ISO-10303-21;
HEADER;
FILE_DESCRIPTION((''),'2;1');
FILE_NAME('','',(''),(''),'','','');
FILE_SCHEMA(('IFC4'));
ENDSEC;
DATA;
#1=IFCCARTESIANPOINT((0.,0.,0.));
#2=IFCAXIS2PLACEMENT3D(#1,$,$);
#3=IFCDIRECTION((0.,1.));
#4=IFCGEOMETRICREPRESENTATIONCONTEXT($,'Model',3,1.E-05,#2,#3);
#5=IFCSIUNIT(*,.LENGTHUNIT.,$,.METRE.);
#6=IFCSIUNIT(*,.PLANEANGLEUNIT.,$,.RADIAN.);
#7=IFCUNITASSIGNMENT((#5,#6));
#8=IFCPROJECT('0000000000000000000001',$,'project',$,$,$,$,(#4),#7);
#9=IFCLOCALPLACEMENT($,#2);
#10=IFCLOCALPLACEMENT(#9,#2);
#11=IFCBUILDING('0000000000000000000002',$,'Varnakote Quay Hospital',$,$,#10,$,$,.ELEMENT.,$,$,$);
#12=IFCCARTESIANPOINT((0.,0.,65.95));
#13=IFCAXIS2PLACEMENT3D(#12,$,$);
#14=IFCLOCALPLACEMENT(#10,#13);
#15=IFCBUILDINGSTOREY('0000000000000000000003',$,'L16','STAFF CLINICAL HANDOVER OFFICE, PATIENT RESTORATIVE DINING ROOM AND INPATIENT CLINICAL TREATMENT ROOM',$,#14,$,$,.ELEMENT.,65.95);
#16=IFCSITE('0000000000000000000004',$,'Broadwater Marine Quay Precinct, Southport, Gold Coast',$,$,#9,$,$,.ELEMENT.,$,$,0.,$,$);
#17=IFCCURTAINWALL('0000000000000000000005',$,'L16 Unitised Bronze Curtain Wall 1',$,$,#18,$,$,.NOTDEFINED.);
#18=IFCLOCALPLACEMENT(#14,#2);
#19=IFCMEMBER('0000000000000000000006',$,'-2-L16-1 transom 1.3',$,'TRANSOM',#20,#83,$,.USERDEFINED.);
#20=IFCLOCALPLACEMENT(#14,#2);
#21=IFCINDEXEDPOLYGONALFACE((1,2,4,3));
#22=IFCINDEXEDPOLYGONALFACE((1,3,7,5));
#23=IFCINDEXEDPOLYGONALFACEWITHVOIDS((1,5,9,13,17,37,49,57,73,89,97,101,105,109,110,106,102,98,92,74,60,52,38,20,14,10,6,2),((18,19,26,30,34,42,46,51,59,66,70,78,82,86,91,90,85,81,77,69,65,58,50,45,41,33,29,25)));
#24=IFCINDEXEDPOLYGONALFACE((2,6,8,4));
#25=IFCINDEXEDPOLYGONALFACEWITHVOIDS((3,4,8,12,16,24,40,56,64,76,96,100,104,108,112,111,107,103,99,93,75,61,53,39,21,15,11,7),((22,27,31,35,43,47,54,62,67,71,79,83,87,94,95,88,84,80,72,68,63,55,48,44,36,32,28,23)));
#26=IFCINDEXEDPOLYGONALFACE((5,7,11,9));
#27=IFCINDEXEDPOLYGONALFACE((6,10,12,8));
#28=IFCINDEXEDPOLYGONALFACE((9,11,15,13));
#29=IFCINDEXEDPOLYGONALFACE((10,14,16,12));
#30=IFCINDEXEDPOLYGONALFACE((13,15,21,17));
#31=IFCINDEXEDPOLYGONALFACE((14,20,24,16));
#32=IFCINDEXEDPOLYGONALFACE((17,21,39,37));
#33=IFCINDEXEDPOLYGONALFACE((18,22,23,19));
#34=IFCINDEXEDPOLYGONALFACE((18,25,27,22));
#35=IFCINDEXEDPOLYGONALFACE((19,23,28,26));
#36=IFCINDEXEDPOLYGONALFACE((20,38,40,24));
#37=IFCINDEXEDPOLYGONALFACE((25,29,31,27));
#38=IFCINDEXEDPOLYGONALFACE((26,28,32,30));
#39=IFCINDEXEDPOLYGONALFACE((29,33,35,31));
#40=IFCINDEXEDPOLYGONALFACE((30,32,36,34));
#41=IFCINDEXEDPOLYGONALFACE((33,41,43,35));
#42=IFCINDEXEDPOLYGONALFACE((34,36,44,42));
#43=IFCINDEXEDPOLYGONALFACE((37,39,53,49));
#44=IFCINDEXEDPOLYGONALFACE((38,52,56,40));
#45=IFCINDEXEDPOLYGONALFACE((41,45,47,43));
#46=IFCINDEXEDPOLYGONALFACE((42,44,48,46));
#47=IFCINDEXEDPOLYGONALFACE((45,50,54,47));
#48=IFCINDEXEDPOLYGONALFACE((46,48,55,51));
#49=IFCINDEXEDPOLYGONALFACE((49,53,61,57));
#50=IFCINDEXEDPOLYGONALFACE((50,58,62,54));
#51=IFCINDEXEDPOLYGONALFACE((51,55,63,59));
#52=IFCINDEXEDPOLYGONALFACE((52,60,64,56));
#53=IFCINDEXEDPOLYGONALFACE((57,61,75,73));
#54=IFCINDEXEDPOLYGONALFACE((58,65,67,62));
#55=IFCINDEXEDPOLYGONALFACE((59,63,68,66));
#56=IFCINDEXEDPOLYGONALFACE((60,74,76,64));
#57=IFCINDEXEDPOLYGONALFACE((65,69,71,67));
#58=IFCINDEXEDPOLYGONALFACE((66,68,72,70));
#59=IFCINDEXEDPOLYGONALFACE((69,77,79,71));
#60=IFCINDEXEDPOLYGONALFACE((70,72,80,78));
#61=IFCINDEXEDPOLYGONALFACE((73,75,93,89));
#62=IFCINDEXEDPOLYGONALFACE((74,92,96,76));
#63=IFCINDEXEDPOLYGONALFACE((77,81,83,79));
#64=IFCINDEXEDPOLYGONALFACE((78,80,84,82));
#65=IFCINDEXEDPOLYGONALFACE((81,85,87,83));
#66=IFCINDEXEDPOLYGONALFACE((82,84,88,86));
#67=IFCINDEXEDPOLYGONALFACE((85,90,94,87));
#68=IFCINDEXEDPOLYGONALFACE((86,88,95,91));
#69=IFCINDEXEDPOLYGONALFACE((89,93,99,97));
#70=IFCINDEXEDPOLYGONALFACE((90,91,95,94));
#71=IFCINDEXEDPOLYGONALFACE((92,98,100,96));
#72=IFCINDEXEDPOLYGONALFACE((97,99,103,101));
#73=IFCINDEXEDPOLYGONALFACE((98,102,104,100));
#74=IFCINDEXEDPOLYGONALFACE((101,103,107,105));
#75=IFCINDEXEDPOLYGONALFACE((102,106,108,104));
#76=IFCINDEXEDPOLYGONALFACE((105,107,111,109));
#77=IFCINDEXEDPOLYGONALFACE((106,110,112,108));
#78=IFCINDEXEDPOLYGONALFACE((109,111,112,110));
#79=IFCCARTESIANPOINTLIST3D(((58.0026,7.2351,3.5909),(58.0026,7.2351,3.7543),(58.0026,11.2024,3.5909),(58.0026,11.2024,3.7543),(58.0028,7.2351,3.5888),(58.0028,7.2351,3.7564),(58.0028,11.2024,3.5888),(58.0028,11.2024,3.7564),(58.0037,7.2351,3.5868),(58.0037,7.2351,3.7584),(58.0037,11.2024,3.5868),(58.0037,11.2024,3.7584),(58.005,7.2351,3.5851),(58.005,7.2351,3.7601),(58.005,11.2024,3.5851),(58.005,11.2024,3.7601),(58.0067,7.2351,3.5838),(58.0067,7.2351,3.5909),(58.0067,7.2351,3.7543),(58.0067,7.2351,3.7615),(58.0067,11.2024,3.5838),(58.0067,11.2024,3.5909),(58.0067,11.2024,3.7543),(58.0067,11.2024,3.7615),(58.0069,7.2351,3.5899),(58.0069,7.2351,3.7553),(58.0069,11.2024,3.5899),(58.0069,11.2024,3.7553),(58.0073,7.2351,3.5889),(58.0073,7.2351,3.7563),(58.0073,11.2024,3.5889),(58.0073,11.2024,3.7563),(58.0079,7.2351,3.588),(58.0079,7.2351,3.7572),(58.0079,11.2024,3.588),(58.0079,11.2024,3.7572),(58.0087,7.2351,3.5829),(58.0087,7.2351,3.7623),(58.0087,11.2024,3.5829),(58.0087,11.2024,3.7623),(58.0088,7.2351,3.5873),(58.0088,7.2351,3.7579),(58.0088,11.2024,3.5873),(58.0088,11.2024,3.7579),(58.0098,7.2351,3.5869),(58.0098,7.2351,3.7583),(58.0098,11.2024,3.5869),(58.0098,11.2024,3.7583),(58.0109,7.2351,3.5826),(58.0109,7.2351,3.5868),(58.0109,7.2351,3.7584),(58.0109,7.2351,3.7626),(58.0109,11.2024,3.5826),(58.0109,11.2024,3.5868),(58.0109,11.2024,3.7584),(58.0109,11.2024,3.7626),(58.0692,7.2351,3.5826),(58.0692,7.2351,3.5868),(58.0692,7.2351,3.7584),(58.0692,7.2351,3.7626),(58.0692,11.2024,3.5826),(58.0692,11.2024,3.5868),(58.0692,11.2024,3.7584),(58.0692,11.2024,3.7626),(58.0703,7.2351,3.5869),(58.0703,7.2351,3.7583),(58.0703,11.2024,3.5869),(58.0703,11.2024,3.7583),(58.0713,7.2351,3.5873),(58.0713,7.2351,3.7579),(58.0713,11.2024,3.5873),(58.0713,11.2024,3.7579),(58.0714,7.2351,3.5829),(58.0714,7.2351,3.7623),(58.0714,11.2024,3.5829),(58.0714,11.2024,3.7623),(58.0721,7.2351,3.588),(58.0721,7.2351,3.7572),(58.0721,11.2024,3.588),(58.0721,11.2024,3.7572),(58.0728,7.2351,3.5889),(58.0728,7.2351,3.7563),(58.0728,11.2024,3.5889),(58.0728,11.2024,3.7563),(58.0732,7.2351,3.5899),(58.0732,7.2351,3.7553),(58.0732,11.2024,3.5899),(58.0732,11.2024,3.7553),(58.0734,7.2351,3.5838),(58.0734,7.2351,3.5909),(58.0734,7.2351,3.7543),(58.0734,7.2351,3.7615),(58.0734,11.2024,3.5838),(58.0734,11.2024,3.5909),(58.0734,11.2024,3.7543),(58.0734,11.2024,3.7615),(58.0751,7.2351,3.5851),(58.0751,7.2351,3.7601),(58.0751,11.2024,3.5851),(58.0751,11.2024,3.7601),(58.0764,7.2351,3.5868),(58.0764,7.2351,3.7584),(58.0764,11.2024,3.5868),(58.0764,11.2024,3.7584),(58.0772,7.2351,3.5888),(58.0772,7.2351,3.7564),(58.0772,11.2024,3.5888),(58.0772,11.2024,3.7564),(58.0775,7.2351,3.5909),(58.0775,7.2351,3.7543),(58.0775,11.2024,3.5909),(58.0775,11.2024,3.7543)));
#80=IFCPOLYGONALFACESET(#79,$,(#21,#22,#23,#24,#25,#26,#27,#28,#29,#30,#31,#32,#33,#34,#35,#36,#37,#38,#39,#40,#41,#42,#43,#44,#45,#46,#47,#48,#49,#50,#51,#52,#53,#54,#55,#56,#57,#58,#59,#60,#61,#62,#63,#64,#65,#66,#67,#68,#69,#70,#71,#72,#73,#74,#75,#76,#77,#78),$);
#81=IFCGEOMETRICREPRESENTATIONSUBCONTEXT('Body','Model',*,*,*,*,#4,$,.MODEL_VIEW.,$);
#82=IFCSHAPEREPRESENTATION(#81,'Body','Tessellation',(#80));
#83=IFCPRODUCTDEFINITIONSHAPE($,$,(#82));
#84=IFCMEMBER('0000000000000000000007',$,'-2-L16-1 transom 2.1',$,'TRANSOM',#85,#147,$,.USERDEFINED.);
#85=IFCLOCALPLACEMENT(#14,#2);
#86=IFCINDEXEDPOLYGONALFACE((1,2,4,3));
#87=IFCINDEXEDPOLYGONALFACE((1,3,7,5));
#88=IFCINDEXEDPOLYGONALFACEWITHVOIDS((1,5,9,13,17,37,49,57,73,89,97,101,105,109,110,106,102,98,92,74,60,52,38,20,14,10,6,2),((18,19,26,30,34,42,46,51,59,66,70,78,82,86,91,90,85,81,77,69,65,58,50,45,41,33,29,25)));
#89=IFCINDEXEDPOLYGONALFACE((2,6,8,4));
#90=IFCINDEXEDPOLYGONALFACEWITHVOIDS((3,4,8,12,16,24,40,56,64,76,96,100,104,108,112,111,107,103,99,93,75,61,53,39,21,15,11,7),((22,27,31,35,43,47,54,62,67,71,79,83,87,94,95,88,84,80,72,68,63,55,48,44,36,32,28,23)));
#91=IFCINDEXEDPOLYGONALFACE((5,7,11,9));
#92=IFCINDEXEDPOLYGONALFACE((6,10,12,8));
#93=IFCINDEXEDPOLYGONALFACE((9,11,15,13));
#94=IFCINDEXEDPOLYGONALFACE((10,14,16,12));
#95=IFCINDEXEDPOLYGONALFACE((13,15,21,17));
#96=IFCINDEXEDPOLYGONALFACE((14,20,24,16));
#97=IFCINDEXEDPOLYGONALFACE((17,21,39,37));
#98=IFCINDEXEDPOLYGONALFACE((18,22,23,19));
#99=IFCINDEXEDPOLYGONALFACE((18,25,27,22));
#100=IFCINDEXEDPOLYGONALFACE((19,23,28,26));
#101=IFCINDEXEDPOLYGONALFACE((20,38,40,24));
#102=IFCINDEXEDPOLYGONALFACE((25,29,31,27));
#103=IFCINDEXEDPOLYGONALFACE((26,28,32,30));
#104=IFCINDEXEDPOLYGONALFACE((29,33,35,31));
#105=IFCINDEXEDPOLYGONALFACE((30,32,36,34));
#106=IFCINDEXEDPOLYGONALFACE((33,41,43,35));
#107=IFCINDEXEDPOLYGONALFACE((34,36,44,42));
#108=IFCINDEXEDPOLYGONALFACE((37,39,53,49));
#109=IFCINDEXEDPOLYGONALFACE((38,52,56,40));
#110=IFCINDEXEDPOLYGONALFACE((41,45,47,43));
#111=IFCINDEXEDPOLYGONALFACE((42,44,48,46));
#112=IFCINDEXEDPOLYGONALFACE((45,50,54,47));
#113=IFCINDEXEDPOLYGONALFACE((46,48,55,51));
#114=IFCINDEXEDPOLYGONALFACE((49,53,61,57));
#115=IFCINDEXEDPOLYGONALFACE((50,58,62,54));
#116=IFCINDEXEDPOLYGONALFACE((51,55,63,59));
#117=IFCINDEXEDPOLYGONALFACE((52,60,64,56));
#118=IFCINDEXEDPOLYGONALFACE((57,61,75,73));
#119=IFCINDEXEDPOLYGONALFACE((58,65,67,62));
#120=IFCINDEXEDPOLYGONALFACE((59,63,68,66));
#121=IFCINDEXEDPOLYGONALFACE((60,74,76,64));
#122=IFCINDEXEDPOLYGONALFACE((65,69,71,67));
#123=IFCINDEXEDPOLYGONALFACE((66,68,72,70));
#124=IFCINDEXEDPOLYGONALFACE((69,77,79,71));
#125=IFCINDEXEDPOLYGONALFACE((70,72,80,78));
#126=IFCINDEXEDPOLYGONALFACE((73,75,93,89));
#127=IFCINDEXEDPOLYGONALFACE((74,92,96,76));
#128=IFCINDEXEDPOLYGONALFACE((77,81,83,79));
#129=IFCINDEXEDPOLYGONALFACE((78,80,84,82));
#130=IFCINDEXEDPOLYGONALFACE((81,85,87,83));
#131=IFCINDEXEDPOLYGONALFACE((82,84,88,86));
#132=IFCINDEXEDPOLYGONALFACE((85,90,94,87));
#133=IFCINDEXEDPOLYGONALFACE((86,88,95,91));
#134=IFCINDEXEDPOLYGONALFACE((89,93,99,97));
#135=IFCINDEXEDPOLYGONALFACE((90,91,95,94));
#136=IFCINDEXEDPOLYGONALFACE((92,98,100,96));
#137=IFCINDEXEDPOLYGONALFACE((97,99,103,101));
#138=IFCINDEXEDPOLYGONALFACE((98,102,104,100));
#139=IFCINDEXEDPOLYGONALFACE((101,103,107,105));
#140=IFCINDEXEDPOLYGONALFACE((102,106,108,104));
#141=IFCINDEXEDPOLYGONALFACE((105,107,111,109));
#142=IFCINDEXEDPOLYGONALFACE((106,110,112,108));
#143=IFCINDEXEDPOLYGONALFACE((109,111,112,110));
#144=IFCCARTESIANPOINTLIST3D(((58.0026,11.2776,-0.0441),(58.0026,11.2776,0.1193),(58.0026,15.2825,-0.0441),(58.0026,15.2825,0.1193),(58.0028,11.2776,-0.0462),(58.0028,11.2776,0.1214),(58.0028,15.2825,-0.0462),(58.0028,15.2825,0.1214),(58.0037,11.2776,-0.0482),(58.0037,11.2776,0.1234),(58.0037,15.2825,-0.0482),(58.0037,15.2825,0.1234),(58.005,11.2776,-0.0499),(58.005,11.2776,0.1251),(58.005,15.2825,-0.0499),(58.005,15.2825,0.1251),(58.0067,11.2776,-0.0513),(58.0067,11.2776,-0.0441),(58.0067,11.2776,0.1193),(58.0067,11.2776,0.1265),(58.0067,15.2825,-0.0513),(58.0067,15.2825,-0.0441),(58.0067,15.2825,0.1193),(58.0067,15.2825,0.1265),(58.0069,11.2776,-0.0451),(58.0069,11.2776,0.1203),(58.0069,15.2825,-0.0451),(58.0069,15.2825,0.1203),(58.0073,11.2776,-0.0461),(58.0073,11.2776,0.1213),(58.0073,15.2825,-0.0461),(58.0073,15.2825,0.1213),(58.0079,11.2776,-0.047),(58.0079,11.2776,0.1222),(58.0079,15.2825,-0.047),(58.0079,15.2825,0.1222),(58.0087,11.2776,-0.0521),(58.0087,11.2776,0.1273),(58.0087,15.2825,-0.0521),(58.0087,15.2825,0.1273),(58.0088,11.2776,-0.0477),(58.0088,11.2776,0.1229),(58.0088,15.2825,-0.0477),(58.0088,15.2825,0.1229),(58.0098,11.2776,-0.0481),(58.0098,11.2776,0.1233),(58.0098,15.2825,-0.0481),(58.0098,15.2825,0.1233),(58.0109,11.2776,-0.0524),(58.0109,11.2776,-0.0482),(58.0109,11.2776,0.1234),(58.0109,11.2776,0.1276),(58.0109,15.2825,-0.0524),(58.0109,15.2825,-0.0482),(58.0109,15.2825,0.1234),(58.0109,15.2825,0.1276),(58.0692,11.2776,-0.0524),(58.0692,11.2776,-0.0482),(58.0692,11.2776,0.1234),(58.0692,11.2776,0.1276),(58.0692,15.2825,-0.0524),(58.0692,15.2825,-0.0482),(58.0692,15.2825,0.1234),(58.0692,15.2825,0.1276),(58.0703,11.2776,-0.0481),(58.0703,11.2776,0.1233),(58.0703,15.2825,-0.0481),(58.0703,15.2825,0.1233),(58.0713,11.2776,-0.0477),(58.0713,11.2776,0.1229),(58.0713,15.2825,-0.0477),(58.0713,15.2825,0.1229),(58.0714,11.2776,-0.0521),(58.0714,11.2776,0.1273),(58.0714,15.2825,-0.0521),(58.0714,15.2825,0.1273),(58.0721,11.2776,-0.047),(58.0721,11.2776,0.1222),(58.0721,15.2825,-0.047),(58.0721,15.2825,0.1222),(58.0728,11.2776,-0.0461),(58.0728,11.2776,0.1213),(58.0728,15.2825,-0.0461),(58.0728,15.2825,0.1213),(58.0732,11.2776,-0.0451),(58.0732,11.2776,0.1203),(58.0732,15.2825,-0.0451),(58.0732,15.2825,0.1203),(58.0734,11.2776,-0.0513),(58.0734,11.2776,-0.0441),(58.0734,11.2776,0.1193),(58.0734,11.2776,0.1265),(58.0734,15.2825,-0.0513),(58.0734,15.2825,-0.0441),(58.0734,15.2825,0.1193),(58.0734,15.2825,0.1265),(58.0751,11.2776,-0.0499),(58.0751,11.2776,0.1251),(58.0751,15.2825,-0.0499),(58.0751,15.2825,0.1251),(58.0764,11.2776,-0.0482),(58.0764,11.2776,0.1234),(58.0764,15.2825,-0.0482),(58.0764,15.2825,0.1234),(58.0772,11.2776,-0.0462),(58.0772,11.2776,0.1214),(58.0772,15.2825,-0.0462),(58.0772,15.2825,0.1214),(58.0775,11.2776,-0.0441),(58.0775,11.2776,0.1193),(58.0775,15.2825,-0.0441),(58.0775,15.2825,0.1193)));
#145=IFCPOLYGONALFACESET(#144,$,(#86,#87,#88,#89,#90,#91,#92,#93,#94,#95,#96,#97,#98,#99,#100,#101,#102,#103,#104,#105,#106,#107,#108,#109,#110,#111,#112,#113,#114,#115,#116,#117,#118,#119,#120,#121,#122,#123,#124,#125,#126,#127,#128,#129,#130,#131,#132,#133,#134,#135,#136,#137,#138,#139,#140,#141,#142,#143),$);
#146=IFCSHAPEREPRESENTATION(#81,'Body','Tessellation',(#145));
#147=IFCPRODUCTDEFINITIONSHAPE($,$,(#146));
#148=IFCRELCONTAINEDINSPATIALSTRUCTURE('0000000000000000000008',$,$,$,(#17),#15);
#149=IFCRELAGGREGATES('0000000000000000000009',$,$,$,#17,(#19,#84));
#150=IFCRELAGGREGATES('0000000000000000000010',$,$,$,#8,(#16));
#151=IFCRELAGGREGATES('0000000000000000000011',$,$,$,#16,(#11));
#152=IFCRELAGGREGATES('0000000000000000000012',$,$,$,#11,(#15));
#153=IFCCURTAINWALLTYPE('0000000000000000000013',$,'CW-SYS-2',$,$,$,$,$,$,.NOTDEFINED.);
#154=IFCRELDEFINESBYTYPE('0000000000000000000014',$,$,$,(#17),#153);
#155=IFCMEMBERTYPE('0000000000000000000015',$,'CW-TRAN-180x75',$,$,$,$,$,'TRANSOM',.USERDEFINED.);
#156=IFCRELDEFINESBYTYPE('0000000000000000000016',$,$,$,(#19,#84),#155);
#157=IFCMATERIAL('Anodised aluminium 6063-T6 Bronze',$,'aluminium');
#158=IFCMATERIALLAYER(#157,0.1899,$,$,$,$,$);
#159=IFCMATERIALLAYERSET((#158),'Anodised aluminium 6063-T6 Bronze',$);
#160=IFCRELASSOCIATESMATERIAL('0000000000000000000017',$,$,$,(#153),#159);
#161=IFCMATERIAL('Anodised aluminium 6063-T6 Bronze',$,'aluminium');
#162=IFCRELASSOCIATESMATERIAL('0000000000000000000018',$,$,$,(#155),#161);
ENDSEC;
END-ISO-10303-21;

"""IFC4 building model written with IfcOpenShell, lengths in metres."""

from ifc_helpers import new_model, si_unit, direction, frame, origin, origin_2d, place, context, subcontext, project, spatial, hollow_rectangle, extrude, material, layer, layer_set, material_profile, profile_set, type_object, element, aggregate, save


model = new_model("IFC4")

# Units and contexts
model_context = context("Model", 3, precision=1e-05, world=origin(), true_north=direction((0.0, 1.0)))
body_context = subcontext(model_context, "Body", "Model", "MODEL_VIEW")
ifc_project = project(units=[si_unit("LENGTHUNIT", "METRE"), si_unit("PLANEANGLEUNIT", "RADIAN")], contexts=[model_context])

# Site, building, storey
site_placement = place(None, origin())
site = spatial("IfcSite", under=ifc_project, at=site_placement, Name="Broadwater Marine Quay Precinct, Southport, Gold Coast", CompositionType="ELEMENT", RefElevation=0.0)
building_placement = place(site_placement, origin())
building = spatial("IfcBuilding", under=site, at=building_placement, Name="Varnakote Quay Hospital", CompositionType="ELEMENT")
storey_placement = place(building_placement, frame((0.0, 0.0, 65.95)))
storey = spatial("IfcBuildingStorey", under=building, at=storey_placement, Name="L16", Description="STAFF CLINICAL HANDOVER OFFICE, PATIENT RESTORATIVE DINING ROOM AND INPATIENT CLINICAL TREATMENT ROOM", CompositionType="ELEMENT", Elevation=65.95)

# Curtain wall, members
ifc_material_1 = material(Name="Anodised aluminium 6063-T6 Bronze", Category="aluminium")
ifc_layer_1 = layer(ifc_material_1, 0.1899)
ifc_layer_set_1 = layer_set([ifc_layer_1], Name="Anodised aluminium 6063-T6 Bronze")
curtain_wall_type = type_object("IfcCurtainWallType", Name="CW-SYS-2", PredefinedType="NOTDEFINED", material=ifc_layer_set_1)
curtain_wall_placement = place(storey_placement, origin())
curtain_wall = element("IfcCurtainWall", 1, at=curtain_wall_placement, inside=storey, type_object=curtain_wall_type, Name="L16 Unitised Bronze Curtain Wall 1", PredefinedType="NOTDEFINED")
ifc_material_2 = material(Name="Anodised aluminium 6063-T6 Bronze", Category="aluminium")
ifc_material_profile_1 = material_profile(ifc_material_2, hollow_rectangle(XDim=0.075, YDim=0.1799, WallThickness=0.0042, InnerFilletRadius=0.0042, OuterFilletRadius=0.0083, at=origin_2d()), Name="CW-TRAN-180x75")
ifc_profile_set_1 = profile_set([ifc_material_profile_1], Name="Anodised aluminium 6063-T6 Bronze")
member_type_1 = type_object("IfcMemberType", Name="CW-TRAN-180x75", ElementType="TRANSOM", PredefinedType="USERDEFINED", material=ifc_profile_set_1)
member_1_placement = place(storey_placement, frame((58.04, 7.2351, 3.6726), z_axis=(0.0, 1.0, 0.0), x_axis=(-1.0, 0.0, 0.0)))
member_1 = element("IfcMember", 2, at=member_1_placement, type_object=member_type_1, Name="-2-L16-1 transom 1.3", ObjectType="TRANSOM", PredefinedType="USERDEFINED", context=body_context, shape_type="SweptSolid", body=[
    extrude(hollow_rectangle(XDim=0.075, YDim=0.1799, WallThickness=0.0042, InnerFilletRadius=0.0042, OuterFilletRadius=0.0083, at=origin_2d()), origin(), (0.0, 0.0, 1.0), 3.9673),
])
member_2_placement = place(storey_placement, frame((58.04, 11.2776, 0.0376), z_axis=(0.0, 1.0, 0.0), x_axis=(-1.0, 0.0, 0.0)))
member_2 = element("IfcMember", 3, at=member_2_placement, type_object=member_type_1, Name="-2-L16-1 transom 2.1", ObjectType="TRANSOM", PredefinedType="USERDEFINED", context=body_context, shape_type="SweptSolid", body=[
    extrude(hollow_rectangle(XDim=0.075, YDim=0.1799, WallThickness=0.0042, InnerFilletRadius=0.0042, OuterFilletRadius=0.0083, at=origin_2d()), origin(), (0.0, 0.0, 1.0), 4.0049),
])
aggregate(curtain_wall, [member_1, member_2])

save(model, "model.ifc")
